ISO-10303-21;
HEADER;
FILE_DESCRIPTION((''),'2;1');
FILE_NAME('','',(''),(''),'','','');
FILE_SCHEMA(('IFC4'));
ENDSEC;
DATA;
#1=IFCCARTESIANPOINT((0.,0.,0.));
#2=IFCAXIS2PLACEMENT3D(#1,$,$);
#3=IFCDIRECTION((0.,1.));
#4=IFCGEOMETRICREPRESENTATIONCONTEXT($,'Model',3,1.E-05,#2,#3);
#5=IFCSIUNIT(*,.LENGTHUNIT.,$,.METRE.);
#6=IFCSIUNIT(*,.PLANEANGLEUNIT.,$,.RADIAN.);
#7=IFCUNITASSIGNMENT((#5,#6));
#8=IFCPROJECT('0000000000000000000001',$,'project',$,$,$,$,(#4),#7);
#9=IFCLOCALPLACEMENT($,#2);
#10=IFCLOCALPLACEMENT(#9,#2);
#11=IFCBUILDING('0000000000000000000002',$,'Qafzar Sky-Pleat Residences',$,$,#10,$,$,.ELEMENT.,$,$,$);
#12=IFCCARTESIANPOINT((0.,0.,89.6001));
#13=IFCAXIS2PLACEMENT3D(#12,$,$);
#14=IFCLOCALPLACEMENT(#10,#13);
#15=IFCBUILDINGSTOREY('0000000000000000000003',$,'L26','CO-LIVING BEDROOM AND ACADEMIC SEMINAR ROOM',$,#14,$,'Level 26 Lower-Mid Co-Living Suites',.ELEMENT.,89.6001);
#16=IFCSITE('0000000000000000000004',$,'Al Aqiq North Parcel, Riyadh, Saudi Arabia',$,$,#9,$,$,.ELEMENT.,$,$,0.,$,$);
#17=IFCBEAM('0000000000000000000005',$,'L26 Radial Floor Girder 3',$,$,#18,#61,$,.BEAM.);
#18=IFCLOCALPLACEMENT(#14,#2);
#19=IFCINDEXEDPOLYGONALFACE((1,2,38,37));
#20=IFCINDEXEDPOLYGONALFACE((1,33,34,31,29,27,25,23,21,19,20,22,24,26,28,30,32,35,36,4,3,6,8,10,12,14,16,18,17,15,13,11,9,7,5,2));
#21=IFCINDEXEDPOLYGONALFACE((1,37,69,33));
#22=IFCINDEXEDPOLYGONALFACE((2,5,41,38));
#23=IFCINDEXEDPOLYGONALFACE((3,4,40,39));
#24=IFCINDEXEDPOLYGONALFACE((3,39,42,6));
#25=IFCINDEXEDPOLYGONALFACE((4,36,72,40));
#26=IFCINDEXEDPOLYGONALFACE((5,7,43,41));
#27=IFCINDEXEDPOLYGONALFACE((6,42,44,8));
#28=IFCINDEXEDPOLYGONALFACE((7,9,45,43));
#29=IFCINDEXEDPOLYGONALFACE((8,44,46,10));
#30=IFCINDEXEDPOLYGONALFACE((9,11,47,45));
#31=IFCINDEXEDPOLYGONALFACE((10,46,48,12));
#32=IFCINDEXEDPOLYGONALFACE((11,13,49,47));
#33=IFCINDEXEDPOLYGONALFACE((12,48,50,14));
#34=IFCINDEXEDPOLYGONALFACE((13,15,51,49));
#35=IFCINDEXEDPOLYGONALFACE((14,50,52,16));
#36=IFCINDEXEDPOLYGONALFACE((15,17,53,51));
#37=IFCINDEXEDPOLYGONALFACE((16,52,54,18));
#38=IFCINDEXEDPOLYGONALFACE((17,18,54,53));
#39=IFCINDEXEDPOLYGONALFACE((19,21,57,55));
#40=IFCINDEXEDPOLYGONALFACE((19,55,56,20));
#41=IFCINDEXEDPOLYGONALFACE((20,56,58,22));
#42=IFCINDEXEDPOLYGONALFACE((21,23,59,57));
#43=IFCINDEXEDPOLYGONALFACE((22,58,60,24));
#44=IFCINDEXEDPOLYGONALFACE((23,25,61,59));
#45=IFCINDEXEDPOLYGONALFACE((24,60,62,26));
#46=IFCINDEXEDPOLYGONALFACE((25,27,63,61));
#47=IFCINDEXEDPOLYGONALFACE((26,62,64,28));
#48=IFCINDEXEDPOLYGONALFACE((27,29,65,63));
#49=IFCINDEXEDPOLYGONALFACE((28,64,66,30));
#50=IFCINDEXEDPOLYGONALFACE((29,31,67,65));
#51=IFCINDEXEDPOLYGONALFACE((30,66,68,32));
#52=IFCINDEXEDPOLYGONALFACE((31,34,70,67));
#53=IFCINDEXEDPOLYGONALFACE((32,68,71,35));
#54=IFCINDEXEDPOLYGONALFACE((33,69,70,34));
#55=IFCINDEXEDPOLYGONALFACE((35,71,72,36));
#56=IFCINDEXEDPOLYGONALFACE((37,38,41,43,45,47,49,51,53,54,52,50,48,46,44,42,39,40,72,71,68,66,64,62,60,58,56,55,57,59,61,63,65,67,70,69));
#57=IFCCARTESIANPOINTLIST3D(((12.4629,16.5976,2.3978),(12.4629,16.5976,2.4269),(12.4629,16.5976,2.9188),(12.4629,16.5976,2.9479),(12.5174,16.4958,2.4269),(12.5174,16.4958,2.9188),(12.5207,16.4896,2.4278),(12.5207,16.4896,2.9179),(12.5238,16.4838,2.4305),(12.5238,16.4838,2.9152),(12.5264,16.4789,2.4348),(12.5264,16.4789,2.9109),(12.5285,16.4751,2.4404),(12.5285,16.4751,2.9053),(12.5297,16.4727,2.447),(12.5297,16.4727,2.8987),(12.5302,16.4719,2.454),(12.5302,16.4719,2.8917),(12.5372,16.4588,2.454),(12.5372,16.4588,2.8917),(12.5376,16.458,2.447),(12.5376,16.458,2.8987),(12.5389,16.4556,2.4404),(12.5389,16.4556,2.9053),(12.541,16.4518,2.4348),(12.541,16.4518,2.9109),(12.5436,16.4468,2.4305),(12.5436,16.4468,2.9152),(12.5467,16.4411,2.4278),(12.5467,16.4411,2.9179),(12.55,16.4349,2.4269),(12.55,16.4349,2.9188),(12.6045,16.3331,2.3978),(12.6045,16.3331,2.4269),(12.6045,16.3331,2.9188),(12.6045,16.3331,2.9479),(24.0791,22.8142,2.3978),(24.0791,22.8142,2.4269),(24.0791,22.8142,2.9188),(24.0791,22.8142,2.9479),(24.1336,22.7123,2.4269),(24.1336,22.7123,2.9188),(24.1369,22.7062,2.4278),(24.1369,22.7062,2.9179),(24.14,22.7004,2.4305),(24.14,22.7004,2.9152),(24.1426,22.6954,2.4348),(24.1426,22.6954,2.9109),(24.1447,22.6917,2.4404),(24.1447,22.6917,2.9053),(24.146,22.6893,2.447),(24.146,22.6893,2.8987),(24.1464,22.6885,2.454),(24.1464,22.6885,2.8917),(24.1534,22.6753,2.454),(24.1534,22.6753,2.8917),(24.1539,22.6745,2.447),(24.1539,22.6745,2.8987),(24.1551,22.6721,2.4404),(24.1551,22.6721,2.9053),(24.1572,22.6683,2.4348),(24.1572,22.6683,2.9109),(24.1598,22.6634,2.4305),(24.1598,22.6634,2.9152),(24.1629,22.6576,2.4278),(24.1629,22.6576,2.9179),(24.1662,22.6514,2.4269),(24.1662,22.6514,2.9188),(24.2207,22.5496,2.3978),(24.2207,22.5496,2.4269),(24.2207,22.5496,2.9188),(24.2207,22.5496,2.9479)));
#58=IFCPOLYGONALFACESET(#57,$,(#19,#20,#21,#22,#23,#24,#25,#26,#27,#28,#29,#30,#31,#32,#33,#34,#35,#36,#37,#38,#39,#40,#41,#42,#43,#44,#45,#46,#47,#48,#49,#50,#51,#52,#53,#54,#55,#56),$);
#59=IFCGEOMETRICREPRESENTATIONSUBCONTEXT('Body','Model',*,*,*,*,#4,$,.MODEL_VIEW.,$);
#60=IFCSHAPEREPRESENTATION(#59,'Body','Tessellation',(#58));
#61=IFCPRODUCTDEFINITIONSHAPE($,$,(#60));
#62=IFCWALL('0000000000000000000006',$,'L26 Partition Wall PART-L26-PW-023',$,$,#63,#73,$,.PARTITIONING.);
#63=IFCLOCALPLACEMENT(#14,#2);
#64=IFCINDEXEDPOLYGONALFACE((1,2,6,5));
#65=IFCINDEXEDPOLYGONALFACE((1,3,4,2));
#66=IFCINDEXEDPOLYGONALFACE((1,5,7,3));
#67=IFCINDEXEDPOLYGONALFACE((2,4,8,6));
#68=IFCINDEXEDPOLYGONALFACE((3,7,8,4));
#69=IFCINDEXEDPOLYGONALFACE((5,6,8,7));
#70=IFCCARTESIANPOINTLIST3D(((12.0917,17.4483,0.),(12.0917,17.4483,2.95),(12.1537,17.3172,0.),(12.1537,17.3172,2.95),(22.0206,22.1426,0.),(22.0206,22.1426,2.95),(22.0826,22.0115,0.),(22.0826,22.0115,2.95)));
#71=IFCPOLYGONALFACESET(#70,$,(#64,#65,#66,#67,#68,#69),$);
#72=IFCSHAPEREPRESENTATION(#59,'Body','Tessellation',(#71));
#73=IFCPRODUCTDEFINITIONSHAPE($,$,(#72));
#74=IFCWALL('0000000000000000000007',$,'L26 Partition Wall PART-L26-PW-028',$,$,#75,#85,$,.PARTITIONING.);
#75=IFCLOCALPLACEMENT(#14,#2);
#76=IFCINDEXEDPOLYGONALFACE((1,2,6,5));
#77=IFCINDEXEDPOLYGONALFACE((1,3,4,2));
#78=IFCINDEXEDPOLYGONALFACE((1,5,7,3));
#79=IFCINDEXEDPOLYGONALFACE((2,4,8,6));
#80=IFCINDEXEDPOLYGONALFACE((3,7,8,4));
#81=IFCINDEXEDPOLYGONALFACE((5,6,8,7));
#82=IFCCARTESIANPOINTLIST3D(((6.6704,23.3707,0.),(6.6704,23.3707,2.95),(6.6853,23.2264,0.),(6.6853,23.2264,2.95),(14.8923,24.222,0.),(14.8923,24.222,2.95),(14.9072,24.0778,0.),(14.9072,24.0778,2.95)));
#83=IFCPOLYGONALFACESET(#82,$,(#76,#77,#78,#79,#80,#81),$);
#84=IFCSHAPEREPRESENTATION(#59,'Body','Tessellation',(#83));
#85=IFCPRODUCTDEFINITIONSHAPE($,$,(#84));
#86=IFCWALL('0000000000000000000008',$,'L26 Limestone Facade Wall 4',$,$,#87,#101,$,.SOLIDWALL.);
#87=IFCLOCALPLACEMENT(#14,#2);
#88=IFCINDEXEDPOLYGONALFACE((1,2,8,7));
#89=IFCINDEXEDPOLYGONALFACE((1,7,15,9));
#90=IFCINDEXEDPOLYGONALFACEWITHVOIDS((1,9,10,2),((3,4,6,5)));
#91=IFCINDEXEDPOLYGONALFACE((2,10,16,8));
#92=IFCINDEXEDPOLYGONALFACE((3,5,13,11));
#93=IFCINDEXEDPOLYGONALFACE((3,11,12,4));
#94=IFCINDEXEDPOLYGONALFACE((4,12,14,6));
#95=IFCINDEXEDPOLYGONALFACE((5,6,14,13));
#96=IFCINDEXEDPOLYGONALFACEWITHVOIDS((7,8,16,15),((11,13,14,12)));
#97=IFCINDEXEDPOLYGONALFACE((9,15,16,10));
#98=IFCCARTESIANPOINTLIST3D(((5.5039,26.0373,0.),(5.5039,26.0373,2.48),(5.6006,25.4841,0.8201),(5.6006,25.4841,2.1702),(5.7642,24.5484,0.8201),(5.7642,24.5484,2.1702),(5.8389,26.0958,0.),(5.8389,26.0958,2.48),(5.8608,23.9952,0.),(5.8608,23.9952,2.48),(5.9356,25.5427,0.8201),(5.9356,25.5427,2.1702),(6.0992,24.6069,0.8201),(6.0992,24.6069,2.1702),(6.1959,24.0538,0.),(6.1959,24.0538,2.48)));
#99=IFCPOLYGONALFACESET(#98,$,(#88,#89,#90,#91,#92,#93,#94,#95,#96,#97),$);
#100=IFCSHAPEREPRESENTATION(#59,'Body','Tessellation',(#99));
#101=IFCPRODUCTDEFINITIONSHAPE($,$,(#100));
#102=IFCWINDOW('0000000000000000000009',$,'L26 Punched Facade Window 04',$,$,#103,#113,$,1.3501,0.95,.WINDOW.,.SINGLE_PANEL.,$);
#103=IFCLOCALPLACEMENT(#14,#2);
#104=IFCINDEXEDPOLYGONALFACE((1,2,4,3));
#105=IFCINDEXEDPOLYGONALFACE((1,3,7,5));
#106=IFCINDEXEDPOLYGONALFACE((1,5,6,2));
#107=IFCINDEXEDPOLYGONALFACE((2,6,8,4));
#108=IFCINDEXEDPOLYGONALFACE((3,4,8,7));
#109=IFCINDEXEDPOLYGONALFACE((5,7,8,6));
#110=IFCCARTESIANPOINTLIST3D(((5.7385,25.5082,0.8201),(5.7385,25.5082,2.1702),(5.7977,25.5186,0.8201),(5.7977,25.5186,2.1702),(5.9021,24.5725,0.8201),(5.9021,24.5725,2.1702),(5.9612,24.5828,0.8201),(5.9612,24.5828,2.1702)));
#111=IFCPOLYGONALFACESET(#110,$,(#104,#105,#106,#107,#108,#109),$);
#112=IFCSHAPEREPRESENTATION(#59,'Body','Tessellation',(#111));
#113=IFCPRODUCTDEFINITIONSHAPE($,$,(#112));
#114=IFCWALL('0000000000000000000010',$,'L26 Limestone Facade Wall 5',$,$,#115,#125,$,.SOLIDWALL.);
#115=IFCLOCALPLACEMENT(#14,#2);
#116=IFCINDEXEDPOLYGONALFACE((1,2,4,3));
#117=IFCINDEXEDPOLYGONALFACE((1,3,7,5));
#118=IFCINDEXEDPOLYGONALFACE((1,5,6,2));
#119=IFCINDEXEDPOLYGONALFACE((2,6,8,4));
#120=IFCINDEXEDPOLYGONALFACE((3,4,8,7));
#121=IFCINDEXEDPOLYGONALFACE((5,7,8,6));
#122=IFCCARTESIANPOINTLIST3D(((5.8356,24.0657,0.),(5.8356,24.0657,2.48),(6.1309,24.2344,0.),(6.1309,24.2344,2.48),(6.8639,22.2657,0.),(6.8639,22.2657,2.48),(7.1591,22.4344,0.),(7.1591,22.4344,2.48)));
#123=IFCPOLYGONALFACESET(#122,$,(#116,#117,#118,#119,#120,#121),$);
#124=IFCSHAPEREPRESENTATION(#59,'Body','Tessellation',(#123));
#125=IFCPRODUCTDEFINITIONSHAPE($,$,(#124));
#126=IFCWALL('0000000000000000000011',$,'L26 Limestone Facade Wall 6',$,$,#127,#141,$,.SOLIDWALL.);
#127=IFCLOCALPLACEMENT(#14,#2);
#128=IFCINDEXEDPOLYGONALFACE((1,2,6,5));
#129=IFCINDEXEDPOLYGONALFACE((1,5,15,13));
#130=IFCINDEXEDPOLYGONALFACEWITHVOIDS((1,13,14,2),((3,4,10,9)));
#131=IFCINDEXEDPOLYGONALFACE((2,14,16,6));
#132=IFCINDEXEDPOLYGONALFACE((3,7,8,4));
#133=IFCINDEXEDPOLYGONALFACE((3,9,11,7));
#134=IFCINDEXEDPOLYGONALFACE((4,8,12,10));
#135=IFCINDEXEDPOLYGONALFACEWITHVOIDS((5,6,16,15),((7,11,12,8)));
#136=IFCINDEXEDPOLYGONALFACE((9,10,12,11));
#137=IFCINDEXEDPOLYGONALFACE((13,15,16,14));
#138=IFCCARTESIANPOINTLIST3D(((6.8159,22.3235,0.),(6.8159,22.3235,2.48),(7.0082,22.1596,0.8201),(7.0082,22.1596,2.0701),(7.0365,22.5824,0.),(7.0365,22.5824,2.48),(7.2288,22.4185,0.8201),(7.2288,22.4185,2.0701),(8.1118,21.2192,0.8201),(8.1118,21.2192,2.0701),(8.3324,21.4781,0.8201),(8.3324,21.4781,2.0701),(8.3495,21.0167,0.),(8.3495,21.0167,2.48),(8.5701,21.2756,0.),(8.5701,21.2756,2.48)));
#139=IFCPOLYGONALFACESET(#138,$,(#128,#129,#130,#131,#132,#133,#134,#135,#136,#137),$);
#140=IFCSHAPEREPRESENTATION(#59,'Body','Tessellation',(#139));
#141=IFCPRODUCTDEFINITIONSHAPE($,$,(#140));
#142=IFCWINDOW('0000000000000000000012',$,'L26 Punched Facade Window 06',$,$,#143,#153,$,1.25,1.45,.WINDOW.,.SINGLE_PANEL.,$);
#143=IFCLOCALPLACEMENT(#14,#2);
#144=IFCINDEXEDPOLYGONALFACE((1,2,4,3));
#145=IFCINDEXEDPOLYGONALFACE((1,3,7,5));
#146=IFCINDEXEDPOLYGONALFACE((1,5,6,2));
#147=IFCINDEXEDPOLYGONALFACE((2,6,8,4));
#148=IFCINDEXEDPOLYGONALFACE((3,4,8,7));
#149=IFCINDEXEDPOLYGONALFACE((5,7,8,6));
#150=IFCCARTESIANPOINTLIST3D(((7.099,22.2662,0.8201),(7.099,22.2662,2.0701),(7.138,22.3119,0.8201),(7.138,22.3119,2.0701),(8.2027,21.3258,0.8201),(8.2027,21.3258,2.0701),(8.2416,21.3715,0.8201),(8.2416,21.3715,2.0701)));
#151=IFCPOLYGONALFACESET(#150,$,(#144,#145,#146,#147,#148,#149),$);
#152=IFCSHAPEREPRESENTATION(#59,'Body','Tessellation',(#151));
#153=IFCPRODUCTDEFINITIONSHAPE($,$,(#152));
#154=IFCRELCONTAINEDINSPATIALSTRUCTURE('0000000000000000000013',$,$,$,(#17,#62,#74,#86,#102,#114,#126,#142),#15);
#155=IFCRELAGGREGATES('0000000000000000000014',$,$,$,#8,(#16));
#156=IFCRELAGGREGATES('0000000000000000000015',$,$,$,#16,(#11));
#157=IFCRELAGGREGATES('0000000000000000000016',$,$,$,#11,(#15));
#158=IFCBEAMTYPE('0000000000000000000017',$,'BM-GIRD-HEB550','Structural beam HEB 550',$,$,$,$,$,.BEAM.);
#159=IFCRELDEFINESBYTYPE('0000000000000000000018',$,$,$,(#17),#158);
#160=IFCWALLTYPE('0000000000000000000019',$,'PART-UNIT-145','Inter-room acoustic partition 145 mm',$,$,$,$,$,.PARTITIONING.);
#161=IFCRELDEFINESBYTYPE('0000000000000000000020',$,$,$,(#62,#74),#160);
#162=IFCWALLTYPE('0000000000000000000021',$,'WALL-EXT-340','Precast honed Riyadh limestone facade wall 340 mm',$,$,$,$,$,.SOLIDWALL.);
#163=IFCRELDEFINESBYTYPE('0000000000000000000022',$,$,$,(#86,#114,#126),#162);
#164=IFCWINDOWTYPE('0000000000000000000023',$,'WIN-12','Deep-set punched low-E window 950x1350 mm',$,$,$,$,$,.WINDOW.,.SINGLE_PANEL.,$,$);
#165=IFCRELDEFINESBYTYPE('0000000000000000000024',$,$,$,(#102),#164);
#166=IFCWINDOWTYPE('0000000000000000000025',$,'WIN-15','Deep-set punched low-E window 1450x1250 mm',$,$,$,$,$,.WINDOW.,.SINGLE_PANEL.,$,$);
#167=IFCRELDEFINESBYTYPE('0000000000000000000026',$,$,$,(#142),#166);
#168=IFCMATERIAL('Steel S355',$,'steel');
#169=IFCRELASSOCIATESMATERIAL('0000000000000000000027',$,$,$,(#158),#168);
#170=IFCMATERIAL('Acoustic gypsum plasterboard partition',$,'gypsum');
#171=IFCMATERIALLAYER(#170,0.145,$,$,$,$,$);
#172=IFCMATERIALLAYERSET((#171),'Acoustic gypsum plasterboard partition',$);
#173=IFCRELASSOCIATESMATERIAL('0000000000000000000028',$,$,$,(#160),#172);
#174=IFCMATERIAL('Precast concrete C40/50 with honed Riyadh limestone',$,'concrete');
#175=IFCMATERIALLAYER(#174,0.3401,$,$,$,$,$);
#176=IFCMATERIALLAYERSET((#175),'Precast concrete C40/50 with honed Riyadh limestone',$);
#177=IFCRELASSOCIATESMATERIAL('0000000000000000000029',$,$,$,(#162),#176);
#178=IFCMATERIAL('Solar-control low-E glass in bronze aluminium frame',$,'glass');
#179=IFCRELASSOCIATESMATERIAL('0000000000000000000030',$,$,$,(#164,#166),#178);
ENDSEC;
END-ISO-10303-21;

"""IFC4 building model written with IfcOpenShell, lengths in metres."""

from ifc_helpers import new_model, si_unit, direction, frame, frame_2d, origin, origin_2d, place, context, subcontext, project, spatial, rectangle, i_section, extrude, source, transform, mapped, material, layer, layer_set, material_profile, profile_set, type_object, element, fill, save


model = new_model("IFC4")

# Units and contexts
model_context = context("Model", 3, precision=1e-05, world=origin(), true_north=direction((0.0, 1.0)))
body_context = subcontext(model_context, "Body", "Model", "MODEL_VIEW")
ifc_project = project(units=[si_unit("LENGTHUNIT", "METRE"), si_unit("PLANEANGLEUNIT", "RADIAN")], contexts=[model_context])

# Site, building, storey
site_placement = place(None, origin())
site = spatial("IfcSite", under=ifc_project, at=site_placement, Name="Al Aqiq North Parcel, Riyadh, Saudi Arabia", CompositionType="ELEMENT", RefElevation=0.0)
building_placement = place(site_placement, origin())
building = spatial("IfcBuilding", under=site, at=building_placement, Name="Qafzar Sky-Pleat Residences", CompositionType="ELEMENT")
storey_placement = place(building_placement, frame((0.0, 0.0, 89.6001)))
storey = spatial("IfcBuildingStorey", under=building, at=storey_placement, Name="L26", Description="CO-LIVING BEDROOM AND ACADEMIC SEMINAR ROOM", LongName="Level 26 Lower-Mid Co-Living Suites", CompositionType="ELEMENT", Elevation=89.6001)

# Beam
ifc_material_1 = material(Name="Steel S355", Category="steel")
ifc_material_profile_1 = material_profile(ifc_material_1, i_section(OverallWidth=0.3, OverallDepth=0.55, WebThickness=0.0149, FlangeThickness=0.0291, FilletRadius=0.0271, at=origin_2d()), Name="HEB 550")
ifc_profile_set_1 = profile_set([ifc_material_profile_1], Name="Steel S355")
beam_type_1 = type_object("IfcBeamType", Name="BM-GIRD-HEB550", Description="Structural beam HEB 550", PredefinedType="BEAM", material=ifc_profile_set_1)
shared_shape_1 = source(origin(), body_context, "Body", "SweptSolid", [
    extrude(i_section(OverallWidth=0.3, OverallDepth=0.55, WebThickness=0.0149, FlangeThickness=0.0291, FilletRadius=0.0271, at=origin_2d()), origin(), (0.0, 0.0, 1.0), 13.175),
])
beam_1_placement = place(storey_placement, frame((12.5337, 16.4653, 2.6729), z_axis=(0.881683, 0.471843, 0.0), x_axis=(-0.471843, 0.881683, 0.0)))
element("IfcBeam", 1, at=beam_1_placement, inside=storey, type_object=beam_type_1, Name="L26 Radial Floor Girder 3", PredefinedType="BEAM", context=body_context, shape_type="MappedRepresentation", body=[
    mapped(shared_shape_1, transform((0.0, 0.0, 0.0), x_axis=(1.0, 0.0, 0.0), y_axis=(0.0, 1.0, 0.0), z_axis=(0.0, 0.0, 1.0), scale=1.0)),
])

# Walls
ifc_material_2 = material(Name="Acoustic gypsum plasterboard partition", Category="gypsum")
ifc_layer_1 = layer(ifc_material_2, 0.145)
ifc_layer_set_1 = layer_set([ifc_layer_1], Name="Acoustic gypsum plasterboard partition")
wall_type_1 = type_object("IfcWallType", Name="PART-UNIT-145", Description="Inter-room acoustic partition 145 mm", PredefinedType="PARTITIONING", material=ifc_layer_set_1)
wall_1_placement = place(storey_placement, frame((12.1228, 17.3828, 0.0), z_axis=(0.0, 0.0, 1.0), x_axis=(0.904049, 0.427428, 0.0)))
element("IfcWall", 2, at=wall_1_placement, inside=storey, type_object=wall_type_1, Name="L26 Partition Wall PART-L26-PW-023", PredefinedType="PARTITIONING", context=body_context, shape_type="SweptSolid", body=[
    extrude(rectangle(XDim=10.9827, YDim=0.145, at=frame_2d((5.4912, 0.0))), origin(), (0.0, 0.0, 1.0), 2.95),
])
wall_2_placement = place(storey_placement, frame((6.678, 23.2986, 0.0), z_axis=(0.0, 0.0, 1.0), x_axis=(0.994682, 0.102992, 0.0)))
element("IfcWall", 3, at=wall_2_placement, inside=storey, type_object=wall_type_1, Name="L26 Partition Wall PART-L26-PW-028", PredefinedType="PARTITIONING", context=body_context, shape_type="SweptSolid", body=[
    extrude(rectangle(XDim=8.2659, YDim=0.145, at=frame_2d((4.1328, 0.0))), origin(), (0.0, 0.0, 1.0), 2.95),
])

# Wall, opening, window
ifc_material_3 = material(Name="Precast concrete C40/50 with honed Riyadh limestone", Category="concrete")
ifc_layer_2 = layer(ifc_material_3, 0.3401)
ifc_layer_set_2 = layer_set([ifc_layer_2], Name="Precast concrete C40/50 with honed Riyadh limestone")
wall_type_2 = type_object("IfcWallType", Name="WALL-EXT-340", Description="Precast honed Riyadh limestone facade wall 340 mm", PredefinedType="SOLIDWALL", material=ifc_layer_set_2)
wall_3_placement = place(storey_placement, frame((5.6714, 26.0667, 0.0), z_axis=(0.0, 0.0, 1.0), x_axis=(0.172186, -0.985064, 0.0)))
wall_3 = element("IfcWall", 4, at=wall_3_placement, inside=storey, type_object=wall_type_2, Name="L26 Limestone Facade Wall 4", PredefinedType="SOLIDWALL", context=body_context, shape_type="SweptSolid", body=[
    extrude(rectangle(XDim=2.073, YDim=0.3401, at=frame_2d((1.0366, 0.0))), origin(), (0.0, 0.0, 1.0), 2.48),
])
opening_1_placement = place(wall_3_placement, frame((0.5615, 0.0, 0.8201)))
opening_1 = element("IfcOpeningElement", 5, at=opening_1_placement, cuts=wall_3, PredefinedType="OPENING", context=body_context, shape_type="SweptSolid", body=[
    extrude(rectangle(XDim=0.95, YDim=1.3501, at=frame_2d((0.4751, 0.675))), frame((0.0, 0.1802, 0.0), z_axis=(0.0, -1.0, 0.0), x_axis=(1.0, 0.0, 0.0)), (0.0, 0.0, 1.0), 0.3601),
])
ifc_material_4 = material(Name="Solar-control low-E glass in bronze aluminium frame", Category="glass")
window_type_1 = type_object("IfcWindowType", Name="WIN-12", Description="Deep-set punched low-E window 950x1350 mm", PartitioningType="SINGLE_PANEL", PredefinedType="WINDOW", material=ifc_material_4)
shared_shape_2 = source(origin(), body_context, "Body", "SweptSolid", [
    extrude(rectangle(XDim=0.95, YDim=1.3501, at=frame_2d((0.4751, 0.675))), frame((0.0, 0.03, 0.0), z_axis=(0.0, -1.0, 0.0), x_axis=(1.0, 0.0, 0.0)), (0.0, 0.0, 1.0), 0.0601),
])
window_1_placement = place(opening_1_placement, origin())
window_1 = element("IfcWindow", 6, at=window_1_placement, inside=storey, type_object=window_type_1, Name="L26 Punched Facade Window 04", OverallHeight=1.3501, OverallWidth=0.95, PartitioningType="SINGLE_PANEL", PredefinedType="WINDOW", context=body_context, shape_type="MappedRepresentation", body=[
    mapped(shared_shape_2, transform((0.0, 0.0, 0.0), x_axis=(1.0, 0.0, 0.0), y_axis=(0.0, 1.0, 0.0), z_axis=(0.0, 0.0, 1.0), scale=1.0)),
])
fill(opening_1, window_1)

# Wall
wall_4_placement = place(storey_placement, frame((5.9832, 24.1501, 0.0), z_axis=(0.0, 0.0, 1.0), x_axis=(0.496037, -0.868301, 0.0)))
element("IfcWall", 7, at=wall_4_placement, inside=storey, type_object=wall_type_2, Name="L26 Limestone Facade Wall 5", PredefinedType="SOLIDWALL", context=body_context, shape_type="SweptSolid", body=[
    extrude(rectangle(XDim=2.073, YDim=0.3401, at=frame_2d((1.0366, 0.0))), origin(), (0.0, 0.0, 1.0), 2.48),
])

# Wall, opening, window
wall_5_placement = place(storey_placement, frame((6.9263, 22.4529, 0.0), z_axis=(0.0, 0.0, 1.0), x_axis=(0.761144, -0.648583, 0.0)))
wall_5 = element("IfcWall", 8, at=wall_5_placement, inside=storey, type_object=wall_type_2, Name="L26 Limestone Facade Wall 6", PredefinedType="SOLIDWALL", context=body_context, shape_type="SweptSolid", body=[
    extrude(rectangle(XDim=2.0149, YDim=0.3401, at=frame_2d((1.0073, 0.0))), origin(), (0.0, 0.0, 1.0), 2.48),
])
opening_2_placement = place(wall_5_placement, frame((0.2524, 0.0, 0.8201)))
opening_2 = element("IfcOpeningElement", 9, at=opening_2_placement, cuts=wall_5, PredefinedType="OPENING", context=body_context, shape_type="SweptSolid", body=[
    extrude(rectangle(XDim=1.45, YDim=1.25, at=frame_2d((0.7251, 0.625))), frame((0.0, 0.1802, 0.0), z_axis=(0.0, -1.0, 0.0), x_axis=(1.0, 0.0, 0.0)), (0.0, 0.0, 1.0), 0.3601),
])
window_type_2 = type_object("IfcWindowType", Name="WIN-15", Description="Deep-set punched low-E window 1450x1250 mm", PartitioningType="SINGLE_PANEL", PredefinedType="WINDOW", material=ifc_material_4)
shared_shape_3 = source(origin(), body_context, "Body", "SweptSolid", [
    extrude(rectangle(XDim=1.45, YDim=1.25, at=frame_2d((0.7251, 0.625))), frame((0.0, 0.03, 0.0), z_axis=(0.0, -1.0, 0.0), x_axis=(1.0, 0.0, 0.0)), (0.0, 0.0, 1.0), 0.0601),
])
window_2_placement = place(opening_2_placement, origin())
window_2 = element("IfcWindow", 10, at=window_2_placement, inside=storey, type_object=window_type_2, Name="L26 Punched Facade Window 06", OverallHeight=1.25, OverallWidth=1.45, PartitioningType="SINGLE_PANEL", PredefinedType="WINDOW", context=body_context, shape_type="MappedRepresentation", body=[
    mapped(shared_shape_3, transform((0.0, 0.0, 0.0), x_axis=(1.0, 0.0, 0.0), y_axis=(0.0, 1.0, 0.0), z_axis=(0.0, 0.0, 1.0), scale=1.0)),
])
fill(opening_2, window_2)

save(model, "model.ifc")
